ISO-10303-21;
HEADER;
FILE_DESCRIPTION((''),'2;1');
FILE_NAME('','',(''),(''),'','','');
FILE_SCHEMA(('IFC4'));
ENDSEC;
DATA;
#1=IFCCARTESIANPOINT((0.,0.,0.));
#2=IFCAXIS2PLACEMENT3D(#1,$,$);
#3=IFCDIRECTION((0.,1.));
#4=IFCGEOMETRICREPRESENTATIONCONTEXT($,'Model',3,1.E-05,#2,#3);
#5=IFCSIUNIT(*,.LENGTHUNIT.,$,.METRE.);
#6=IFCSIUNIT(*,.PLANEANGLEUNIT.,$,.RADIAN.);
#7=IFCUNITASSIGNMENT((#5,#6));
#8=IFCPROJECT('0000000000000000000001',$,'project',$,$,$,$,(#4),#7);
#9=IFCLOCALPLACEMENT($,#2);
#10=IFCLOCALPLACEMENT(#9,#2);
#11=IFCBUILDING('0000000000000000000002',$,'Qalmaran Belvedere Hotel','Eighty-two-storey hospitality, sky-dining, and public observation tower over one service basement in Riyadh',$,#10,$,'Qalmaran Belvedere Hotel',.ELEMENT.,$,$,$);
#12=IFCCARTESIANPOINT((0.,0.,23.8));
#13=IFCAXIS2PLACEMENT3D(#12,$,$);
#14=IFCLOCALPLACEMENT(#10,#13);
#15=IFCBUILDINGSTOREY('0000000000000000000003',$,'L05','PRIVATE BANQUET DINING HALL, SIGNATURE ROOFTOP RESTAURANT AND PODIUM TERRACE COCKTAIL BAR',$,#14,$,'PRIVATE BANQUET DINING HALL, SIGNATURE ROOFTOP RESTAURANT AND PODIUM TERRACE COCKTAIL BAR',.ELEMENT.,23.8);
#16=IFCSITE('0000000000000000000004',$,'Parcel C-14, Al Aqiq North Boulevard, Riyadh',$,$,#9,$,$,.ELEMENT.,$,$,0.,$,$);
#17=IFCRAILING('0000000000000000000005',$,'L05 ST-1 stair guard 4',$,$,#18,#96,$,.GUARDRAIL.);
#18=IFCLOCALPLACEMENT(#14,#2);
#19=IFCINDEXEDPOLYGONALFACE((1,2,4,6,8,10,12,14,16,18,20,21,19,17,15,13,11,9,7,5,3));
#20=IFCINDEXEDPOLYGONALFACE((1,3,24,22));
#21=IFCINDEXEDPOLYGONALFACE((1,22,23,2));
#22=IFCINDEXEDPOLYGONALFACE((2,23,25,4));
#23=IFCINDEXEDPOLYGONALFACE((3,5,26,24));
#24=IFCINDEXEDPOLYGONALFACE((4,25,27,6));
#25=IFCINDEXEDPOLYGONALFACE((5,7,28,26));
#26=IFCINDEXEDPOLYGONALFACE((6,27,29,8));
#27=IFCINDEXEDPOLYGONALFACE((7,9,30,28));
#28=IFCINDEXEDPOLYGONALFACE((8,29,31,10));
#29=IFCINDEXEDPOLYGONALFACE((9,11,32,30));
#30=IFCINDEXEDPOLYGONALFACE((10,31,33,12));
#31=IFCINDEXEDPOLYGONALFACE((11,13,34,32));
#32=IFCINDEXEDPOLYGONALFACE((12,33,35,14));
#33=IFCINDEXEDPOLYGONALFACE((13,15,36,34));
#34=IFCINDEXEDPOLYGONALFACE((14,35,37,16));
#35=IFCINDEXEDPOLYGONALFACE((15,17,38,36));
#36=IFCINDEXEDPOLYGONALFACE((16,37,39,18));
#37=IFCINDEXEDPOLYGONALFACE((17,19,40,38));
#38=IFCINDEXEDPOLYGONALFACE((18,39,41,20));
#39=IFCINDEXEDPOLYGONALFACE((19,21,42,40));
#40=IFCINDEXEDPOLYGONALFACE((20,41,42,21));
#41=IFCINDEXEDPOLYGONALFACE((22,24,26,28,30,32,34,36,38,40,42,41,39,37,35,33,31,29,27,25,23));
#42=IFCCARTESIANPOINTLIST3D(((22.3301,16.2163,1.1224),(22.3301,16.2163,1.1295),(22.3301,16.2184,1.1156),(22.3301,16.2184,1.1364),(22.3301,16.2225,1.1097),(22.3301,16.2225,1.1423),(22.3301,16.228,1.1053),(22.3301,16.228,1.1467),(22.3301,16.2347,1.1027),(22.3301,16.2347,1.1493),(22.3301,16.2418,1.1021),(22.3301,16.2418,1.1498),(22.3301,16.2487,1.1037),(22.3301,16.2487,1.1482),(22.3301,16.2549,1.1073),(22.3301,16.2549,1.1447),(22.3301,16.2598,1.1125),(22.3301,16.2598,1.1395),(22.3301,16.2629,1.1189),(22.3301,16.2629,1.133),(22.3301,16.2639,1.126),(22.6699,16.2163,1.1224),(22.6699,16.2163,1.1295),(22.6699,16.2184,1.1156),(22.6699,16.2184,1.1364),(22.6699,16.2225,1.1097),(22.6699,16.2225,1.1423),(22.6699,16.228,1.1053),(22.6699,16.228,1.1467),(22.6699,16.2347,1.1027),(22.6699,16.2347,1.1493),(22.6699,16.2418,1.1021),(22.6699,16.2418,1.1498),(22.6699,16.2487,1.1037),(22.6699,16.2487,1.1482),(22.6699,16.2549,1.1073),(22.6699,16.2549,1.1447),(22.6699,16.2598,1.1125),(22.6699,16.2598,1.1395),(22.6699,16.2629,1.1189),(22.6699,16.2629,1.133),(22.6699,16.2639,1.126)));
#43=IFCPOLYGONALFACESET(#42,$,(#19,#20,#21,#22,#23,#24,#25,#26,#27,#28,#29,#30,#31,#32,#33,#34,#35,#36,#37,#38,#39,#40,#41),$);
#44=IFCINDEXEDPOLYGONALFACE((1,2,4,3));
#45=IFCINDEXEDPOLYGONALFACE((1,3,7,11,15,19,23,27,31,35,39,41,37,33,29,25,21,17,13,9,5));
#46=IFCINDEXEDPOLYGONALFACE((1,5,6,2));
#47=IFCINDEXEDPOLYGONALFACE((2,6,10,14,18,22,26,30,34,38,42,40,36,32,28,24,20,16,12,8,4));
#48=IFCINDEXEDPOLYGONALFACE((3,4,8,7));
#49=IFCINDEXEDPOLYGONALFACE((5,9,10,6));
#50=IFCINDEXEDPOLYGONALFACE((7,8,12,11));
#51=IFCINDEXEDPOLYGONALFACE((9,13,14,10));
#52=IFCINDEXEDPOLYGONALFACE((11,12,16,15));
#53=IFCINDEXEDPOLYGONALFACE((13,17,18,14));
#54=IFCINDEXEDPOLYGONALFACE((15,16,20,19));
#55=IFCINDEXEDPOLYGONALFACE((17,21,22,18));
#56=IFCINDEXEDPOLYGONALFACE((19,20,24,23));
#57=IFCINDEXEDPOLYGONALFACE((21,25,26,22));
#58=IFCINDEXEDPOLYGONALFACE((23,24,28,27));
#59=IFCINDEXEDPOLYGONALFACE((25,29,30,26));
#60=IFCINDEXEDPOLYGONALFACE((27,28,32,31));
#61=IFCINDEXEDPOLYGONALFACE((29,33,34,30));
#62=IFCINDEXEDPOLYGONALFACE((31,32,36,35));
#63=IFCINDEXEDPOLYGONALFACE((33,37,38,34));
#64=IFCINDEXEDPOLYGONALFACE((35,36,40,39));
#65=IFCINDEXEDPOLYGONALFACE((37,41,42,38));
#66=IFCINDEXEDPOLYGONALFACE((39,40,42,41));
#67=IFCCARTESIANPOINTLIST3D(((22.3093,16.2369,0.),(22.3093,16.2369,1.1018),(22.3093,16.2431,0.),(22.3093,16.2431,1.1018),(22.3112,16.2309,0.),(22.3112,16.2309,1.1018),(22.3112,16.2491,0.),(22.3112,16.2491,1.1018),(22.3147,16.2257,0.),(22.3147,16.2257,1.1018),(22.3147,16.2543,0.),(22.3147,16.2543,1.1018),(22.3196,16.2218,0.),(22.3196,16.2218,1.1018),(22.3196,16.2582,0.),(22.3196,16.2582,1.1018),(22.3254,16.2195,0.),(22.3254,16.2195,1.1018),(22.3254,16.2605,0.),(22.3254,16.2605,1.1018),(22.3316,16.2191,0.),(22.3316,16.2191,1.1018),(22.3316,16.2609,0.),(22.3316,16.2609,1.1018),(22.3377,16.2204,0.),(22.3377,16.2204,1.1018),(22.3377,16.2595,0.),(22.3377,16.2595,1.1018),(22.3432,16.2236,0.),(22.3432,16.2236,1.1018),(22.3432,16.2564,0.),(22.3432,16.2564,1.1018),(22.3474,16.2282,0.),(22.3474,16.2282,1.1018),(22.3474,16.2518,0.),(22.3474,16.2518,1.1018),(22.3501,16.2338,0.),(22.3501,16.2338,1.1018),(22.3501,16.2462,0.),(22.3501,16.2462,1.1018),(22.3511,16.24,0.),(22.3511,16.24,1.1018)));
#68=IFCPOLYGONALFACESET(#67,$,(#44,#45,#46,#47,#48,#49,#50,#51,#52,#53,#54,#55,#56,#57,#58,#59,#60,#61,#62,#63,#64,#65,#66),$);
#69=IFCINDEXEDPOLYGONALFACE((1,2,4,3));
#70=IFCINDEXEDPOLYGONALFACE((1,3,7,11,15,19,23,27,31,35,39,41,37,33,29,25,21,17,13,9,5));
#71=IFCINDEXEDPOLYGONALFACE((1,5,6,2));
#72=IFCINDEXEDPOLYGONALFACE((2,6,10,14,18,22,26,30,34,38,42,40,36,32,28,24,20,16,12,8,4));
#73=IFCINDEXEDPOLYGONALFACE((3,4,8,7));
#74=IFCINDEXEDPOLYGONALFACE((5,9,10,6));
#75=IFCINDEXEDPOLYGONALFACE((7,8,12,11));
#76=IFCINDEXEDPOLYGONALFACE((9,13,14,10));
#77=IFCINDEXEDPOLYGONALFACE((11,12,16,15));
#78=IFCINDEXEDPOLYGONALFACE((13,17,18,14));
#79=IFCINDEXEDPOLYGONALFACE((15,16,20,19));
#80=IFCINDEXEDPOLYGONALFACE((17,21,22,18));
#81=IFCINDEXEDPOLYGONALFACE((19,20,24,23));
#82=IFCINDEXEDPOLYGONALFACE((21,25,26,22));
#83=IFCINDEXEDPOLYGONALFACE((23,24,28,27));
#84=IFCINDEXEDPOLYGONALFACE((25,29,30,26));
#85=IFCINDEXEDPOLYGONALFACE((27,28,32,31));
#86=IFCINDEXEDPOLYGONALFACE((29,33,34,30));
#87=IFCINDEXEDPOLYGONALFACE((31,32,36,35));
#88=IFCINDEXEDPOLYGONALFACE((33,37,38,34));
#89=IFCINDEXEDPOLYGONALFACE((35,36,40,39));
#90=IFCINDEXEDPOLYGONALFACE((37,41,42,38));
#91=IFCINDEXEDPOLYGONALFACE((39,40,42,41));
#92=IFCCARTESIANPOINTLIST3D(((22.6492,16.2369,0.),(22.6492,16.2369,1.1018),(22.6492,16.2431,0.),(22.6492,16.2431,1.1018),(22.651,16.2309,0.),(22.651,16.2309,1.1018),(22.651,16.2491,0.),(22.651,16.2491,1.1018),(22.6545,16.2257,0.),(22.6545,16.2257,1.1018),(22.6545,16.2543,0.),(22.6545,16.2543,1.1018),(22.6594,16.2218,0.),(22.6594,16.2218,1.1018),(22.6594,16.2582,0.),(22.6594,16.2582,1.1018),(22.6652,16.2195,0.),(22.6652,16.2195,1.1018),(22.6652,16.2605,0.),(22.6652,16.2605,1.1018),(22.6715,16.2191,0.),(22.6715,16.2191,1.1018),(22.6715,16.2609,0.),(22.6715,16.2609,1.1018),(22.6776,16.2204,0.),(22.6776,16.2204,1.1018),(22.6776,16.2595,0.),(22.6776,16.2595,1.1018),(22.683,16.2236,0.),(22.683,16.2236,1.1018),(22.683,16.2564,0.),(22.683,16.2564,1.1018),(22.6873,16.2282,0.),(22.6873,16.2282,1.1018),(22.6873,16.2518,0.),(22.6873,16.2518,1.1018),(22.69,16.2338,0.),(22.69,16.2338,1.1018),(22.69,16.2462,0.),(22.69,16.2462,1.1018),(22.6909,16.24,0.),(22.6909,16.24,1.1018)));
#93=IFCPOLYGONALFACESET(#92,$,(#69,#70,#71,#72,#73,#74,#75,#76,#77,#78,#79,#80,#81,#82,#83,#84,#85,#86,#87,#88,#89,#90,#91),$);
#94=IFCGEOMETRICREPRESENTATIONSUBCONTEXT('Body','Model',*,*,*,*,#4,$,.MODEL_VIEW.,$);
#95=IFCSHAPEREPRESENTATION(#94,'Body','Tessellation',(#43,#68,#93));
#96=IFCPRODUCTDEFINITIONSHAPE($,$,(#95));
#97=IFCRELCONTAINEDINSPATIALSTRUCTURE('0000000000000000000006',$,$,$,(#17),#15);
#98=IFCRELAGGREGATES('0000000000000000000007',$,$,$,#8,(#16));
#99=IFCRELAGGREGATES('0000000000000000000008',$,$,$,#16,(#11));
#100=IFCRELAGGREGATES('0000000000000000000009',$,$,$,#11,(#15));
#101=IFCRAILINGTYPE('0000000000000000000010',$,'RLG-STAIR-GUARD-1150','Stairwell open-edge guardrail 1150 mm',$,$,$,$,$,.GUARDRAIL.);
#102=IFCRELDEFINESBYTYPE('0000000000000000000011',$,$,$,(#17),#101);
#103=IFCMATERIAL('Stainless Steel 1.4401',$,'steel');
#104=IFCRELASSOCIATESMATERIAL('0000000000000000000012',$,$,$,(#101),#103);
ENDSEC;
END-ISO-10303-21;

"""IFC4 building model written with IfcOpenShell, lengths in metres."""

from ifc_helpers import new_model, si_unit, direction, frame, origin, origin_2d, place, context, subcontext, project, spatial, circle, extrude, material, type_object, element, save


model = new_model("IFC4")

# Units and contexts
model_context = context("Model", 3, precision=1e-05, world=origin(), true_north=direction((0.0, 1.0)))
body_context = subcontext(model_context, "Body", "Model", "MODEL_VIEW")
ifc_project = project(units=[si_unit("LENGTHUNIT", "METRE"), si_unit("PLANEANGLEUNIT", "RADIAN")], contexts=[model_context])

# Site, building, storey
site_placement = place(None, origin())
site = spatial("IfcSite", under=ifc_project, at=site_placement, Name="Parcel C-14, Al Aqiq North Boulevard, Riyadh", CompositionType="ELEMENT", RefElevation=0.0)
building_placement = place(site_placement, origin())
building = spatial("IfcBuilding", under=site, at=building_placement, Name="Qalmaran Belvedere Hotel", Description="Eighty-two-storey hospitality, sky-dining, and public observation tower over one service basement in Riyadh", LongName="Qalmaran Belvedere Hotel", CompositionType="ELEMENT")
storey_placement = place(building_placement, frame((0.0, 0.0, 23.8)))
storey = spatial("IfcBuildingStorey", under=building, at=storey_placement, Name="L05", Description="PRIVATE BANQUET DINING HALL, SIGNATURE ROOFTOP RESTAURANT AND PODIUM TERRACE COCKTAIL BAR", LongName="PRIVATE BANQUET DINING HALL, SIGNATURE ROOFTOP RESTAURANT AND PODIUM TERRACE COCKTAIL BAR", CompositionType="ELEMENT", Elevation=23.8)

# Railing
ifc_material_1 = material(Name="Stainless Steel 1.4401", Category="steel")
railing_type_1 = type_object("IfcRailingType", Name="RLG-STAIR-GUARD-1150", Description="Stairwell open-edge guardrail 1150 mm", PredefinedType="GUARDRAIL", material=ifc_material_1)
railing_1_placement = place(storey_placement, frame((22.3301, 16.24, 0.0)))
element("IfcRailing", 1, at=railing_1_placement, inside=storey, type_object=railing_type_1, Name="L05 ST-1 stair guard 4", PredefinedType="GUARDRAIL", context=body_context, shape_type="SweptSolid", body=[
    extrude(circle(Radius=0.0239, at=origin_2d()), frame((0.0, 0.0, 1.126), z_axis=(1.0, 0.0, 0.0), x_axis=(0.0, 1.0, 0.0)), (0.0, 0.0, 1.0), 0.3398),
    extrude(circle(Radius=0.021, at=origin_2d()), origin(), (0.0, 0.0, 1.0), 1.1018),
    extrude(circle(Radius=0.021, at=origin_2d()), frame((0.3398, 0.0, 0.0)), (0.0, 0.0, 1.0), 1.1018),
])

save(model, "model.ifc")
